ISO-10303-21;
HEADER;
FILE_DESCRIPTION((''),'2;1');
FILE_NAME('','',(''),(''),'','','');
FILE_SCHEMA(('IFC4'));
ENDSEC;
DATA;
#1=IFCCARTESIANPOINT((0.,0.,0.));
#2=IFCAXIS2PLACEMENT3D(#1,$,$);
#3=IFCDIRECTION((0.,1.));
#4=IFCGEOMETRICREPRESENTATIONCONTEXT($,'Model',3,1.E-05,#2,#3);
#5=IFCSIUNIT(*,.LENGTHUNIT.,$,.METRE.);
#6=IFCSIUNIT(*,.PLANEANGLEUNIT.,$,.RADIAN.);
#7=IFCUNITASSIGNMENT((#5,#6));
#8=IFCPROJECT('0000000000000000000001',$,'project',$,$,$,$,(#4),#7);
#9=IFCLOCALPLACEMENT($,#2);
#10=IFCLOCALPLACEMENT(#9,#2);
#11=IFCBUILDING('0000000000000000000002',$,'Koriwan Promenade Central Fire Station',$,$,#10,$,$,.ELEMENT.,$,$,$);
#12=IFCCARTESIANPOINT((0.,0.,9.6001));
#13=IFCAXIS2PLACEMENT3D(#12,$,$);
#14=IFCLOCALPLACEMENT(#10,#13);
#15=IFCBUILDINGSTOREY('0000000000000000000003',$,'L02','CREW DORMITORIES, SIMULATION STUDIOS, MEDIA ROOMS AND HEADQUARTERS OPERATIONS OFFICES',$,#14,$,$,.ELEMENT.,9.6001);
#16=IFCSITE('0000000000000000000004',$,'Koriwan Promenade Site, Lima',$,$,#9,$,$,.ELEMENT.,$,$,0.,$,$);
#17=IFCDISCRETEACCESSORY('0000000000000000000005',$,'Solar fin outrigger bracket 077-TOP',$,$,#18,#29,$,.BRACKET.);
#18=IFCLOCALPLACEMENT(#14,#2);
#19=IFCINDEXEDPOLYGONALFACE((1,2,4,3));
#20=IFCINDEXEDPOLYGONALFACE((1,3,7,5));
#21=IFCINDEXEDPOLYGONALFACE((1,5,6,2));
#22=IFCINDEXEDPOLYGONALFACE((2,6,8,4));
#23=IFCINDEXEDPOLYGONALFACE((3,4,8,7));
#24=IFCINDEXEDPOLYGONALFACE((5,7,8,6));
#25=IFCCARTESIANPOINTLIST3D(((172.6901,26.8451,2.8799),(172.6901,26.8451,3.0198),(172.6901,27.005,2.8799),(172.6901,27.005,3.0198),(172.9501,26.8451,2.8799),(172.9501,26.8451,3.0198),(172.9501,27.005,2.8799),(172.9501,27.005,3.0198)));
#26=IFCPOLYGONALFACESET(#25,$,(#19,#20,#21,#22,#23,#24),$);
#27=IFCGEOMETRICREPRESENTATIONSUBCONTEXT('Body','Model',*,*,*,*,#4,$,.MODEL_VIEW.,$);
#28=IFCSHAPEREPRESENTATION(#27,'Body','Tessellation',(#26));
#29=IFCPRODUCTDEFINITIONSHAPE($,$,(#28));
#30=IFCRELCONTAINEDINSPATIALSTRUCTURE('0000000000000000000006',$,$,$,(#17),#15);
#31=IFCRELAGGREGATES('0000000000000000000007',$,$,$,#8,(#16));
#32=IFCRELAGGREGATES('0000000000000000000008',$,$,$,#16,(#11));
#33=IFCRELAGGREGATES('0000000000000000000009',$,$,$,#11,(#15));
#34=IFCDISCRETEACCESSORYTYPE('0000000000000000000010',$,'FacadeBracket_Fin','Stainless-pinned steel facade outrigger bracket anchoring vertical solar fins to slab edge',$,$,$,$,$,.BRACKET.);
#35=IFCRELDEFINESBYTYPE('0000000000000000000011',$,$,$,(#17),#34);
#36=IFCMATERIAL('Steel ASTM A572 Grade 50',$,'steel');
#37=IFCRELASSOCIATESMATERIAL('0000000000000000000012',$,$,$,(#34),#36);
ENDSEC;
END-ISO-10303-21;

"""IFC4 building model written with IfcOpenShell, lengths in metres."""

from ifc_helpers import new_model, si_unit, direction, frame, origin, origin_2d, place, context, subcontext, project, spatial, rectangle, extrude, material, type_object, element, save


model = new_model("IFC4")

# Units and contexts
model_context = context("Model", 3, precision=1e-05, world=origin(), true_north=direction((0.0, 1.0)))
body_context = subcontext(model_context, "Body", "Model", "MODEL_VIEW")
ifc_project = project(units=[si_unit("LENGTHUNIT", "METRE"), si_unit("PLANEANGLEUNIT", "RADIAN")], contexts=[model_context])

# Site, building, storey
site_placement = place(None, origin())
site = spatial("IfcSite", under=ifc_project, at=site_placement, Name="Koriwan Promenade Site, Lima", CompositionType="ELEMENT", RefElevation=0.0)
building_placement = place(site_placement, origin())
building = spatial("IfcBuilding", under=site, at=building_placement, Name="Koriwan Promenade Central Fire Station", CompositionType="ELEMENT")
storey_placement = place(building_placement, frame((0.0, 0.0, 9.6001)))
storey = spatial("IfcBuildingStorey", under=building, at=storey_placement, Name="L02", Description="CREW DORMITORIES, SIMULATION STUDIOS, MEDIA ROOMS AND HEADQUARTERS OPERATIONS OFFICES", CompositionType="ELEMENT", Elevation=9.6001)

# Discrete accessory
ifc_material_1 = material(Name="Steel ASTM A572 Grade 50", Category="steel")
discrete_accessory_type = type_object("IfcDiscreteAccessoryType", Name="FacadeBracket_Fin", Description="Stainless-pinned steel facade outrigger bracket anchoring vertical solar fins to slab edge", PredefinedType="BRACKET", material=ifc_material_1)
for number, where, z_axis, x_axis, name in (
    (1, (172.8201, 26.925, 2.8799), (0.0, 0.0, 1.0), (1.0, 0.0, 0.0), "Solar fin outrigger bracket 077-TOP"),
):
    element("IfcDiscreteAccessory", number, at=place(storey_placement, frame(where, z_axis=z_axis, x_axis=x_axis)), inside=storey, type_object=discrete_accessory_type, Name=name, PredefinedType="BRACKET", context=body_context, shape_type="SweptSolid", body=[
        extrude(rectangle(XDim=0.26, YDim=0.1599, at=origin_2d()), origin(), (0.0, 0.0, 1.0), 0.1399),
    ])

save(model, "model.ifc")
